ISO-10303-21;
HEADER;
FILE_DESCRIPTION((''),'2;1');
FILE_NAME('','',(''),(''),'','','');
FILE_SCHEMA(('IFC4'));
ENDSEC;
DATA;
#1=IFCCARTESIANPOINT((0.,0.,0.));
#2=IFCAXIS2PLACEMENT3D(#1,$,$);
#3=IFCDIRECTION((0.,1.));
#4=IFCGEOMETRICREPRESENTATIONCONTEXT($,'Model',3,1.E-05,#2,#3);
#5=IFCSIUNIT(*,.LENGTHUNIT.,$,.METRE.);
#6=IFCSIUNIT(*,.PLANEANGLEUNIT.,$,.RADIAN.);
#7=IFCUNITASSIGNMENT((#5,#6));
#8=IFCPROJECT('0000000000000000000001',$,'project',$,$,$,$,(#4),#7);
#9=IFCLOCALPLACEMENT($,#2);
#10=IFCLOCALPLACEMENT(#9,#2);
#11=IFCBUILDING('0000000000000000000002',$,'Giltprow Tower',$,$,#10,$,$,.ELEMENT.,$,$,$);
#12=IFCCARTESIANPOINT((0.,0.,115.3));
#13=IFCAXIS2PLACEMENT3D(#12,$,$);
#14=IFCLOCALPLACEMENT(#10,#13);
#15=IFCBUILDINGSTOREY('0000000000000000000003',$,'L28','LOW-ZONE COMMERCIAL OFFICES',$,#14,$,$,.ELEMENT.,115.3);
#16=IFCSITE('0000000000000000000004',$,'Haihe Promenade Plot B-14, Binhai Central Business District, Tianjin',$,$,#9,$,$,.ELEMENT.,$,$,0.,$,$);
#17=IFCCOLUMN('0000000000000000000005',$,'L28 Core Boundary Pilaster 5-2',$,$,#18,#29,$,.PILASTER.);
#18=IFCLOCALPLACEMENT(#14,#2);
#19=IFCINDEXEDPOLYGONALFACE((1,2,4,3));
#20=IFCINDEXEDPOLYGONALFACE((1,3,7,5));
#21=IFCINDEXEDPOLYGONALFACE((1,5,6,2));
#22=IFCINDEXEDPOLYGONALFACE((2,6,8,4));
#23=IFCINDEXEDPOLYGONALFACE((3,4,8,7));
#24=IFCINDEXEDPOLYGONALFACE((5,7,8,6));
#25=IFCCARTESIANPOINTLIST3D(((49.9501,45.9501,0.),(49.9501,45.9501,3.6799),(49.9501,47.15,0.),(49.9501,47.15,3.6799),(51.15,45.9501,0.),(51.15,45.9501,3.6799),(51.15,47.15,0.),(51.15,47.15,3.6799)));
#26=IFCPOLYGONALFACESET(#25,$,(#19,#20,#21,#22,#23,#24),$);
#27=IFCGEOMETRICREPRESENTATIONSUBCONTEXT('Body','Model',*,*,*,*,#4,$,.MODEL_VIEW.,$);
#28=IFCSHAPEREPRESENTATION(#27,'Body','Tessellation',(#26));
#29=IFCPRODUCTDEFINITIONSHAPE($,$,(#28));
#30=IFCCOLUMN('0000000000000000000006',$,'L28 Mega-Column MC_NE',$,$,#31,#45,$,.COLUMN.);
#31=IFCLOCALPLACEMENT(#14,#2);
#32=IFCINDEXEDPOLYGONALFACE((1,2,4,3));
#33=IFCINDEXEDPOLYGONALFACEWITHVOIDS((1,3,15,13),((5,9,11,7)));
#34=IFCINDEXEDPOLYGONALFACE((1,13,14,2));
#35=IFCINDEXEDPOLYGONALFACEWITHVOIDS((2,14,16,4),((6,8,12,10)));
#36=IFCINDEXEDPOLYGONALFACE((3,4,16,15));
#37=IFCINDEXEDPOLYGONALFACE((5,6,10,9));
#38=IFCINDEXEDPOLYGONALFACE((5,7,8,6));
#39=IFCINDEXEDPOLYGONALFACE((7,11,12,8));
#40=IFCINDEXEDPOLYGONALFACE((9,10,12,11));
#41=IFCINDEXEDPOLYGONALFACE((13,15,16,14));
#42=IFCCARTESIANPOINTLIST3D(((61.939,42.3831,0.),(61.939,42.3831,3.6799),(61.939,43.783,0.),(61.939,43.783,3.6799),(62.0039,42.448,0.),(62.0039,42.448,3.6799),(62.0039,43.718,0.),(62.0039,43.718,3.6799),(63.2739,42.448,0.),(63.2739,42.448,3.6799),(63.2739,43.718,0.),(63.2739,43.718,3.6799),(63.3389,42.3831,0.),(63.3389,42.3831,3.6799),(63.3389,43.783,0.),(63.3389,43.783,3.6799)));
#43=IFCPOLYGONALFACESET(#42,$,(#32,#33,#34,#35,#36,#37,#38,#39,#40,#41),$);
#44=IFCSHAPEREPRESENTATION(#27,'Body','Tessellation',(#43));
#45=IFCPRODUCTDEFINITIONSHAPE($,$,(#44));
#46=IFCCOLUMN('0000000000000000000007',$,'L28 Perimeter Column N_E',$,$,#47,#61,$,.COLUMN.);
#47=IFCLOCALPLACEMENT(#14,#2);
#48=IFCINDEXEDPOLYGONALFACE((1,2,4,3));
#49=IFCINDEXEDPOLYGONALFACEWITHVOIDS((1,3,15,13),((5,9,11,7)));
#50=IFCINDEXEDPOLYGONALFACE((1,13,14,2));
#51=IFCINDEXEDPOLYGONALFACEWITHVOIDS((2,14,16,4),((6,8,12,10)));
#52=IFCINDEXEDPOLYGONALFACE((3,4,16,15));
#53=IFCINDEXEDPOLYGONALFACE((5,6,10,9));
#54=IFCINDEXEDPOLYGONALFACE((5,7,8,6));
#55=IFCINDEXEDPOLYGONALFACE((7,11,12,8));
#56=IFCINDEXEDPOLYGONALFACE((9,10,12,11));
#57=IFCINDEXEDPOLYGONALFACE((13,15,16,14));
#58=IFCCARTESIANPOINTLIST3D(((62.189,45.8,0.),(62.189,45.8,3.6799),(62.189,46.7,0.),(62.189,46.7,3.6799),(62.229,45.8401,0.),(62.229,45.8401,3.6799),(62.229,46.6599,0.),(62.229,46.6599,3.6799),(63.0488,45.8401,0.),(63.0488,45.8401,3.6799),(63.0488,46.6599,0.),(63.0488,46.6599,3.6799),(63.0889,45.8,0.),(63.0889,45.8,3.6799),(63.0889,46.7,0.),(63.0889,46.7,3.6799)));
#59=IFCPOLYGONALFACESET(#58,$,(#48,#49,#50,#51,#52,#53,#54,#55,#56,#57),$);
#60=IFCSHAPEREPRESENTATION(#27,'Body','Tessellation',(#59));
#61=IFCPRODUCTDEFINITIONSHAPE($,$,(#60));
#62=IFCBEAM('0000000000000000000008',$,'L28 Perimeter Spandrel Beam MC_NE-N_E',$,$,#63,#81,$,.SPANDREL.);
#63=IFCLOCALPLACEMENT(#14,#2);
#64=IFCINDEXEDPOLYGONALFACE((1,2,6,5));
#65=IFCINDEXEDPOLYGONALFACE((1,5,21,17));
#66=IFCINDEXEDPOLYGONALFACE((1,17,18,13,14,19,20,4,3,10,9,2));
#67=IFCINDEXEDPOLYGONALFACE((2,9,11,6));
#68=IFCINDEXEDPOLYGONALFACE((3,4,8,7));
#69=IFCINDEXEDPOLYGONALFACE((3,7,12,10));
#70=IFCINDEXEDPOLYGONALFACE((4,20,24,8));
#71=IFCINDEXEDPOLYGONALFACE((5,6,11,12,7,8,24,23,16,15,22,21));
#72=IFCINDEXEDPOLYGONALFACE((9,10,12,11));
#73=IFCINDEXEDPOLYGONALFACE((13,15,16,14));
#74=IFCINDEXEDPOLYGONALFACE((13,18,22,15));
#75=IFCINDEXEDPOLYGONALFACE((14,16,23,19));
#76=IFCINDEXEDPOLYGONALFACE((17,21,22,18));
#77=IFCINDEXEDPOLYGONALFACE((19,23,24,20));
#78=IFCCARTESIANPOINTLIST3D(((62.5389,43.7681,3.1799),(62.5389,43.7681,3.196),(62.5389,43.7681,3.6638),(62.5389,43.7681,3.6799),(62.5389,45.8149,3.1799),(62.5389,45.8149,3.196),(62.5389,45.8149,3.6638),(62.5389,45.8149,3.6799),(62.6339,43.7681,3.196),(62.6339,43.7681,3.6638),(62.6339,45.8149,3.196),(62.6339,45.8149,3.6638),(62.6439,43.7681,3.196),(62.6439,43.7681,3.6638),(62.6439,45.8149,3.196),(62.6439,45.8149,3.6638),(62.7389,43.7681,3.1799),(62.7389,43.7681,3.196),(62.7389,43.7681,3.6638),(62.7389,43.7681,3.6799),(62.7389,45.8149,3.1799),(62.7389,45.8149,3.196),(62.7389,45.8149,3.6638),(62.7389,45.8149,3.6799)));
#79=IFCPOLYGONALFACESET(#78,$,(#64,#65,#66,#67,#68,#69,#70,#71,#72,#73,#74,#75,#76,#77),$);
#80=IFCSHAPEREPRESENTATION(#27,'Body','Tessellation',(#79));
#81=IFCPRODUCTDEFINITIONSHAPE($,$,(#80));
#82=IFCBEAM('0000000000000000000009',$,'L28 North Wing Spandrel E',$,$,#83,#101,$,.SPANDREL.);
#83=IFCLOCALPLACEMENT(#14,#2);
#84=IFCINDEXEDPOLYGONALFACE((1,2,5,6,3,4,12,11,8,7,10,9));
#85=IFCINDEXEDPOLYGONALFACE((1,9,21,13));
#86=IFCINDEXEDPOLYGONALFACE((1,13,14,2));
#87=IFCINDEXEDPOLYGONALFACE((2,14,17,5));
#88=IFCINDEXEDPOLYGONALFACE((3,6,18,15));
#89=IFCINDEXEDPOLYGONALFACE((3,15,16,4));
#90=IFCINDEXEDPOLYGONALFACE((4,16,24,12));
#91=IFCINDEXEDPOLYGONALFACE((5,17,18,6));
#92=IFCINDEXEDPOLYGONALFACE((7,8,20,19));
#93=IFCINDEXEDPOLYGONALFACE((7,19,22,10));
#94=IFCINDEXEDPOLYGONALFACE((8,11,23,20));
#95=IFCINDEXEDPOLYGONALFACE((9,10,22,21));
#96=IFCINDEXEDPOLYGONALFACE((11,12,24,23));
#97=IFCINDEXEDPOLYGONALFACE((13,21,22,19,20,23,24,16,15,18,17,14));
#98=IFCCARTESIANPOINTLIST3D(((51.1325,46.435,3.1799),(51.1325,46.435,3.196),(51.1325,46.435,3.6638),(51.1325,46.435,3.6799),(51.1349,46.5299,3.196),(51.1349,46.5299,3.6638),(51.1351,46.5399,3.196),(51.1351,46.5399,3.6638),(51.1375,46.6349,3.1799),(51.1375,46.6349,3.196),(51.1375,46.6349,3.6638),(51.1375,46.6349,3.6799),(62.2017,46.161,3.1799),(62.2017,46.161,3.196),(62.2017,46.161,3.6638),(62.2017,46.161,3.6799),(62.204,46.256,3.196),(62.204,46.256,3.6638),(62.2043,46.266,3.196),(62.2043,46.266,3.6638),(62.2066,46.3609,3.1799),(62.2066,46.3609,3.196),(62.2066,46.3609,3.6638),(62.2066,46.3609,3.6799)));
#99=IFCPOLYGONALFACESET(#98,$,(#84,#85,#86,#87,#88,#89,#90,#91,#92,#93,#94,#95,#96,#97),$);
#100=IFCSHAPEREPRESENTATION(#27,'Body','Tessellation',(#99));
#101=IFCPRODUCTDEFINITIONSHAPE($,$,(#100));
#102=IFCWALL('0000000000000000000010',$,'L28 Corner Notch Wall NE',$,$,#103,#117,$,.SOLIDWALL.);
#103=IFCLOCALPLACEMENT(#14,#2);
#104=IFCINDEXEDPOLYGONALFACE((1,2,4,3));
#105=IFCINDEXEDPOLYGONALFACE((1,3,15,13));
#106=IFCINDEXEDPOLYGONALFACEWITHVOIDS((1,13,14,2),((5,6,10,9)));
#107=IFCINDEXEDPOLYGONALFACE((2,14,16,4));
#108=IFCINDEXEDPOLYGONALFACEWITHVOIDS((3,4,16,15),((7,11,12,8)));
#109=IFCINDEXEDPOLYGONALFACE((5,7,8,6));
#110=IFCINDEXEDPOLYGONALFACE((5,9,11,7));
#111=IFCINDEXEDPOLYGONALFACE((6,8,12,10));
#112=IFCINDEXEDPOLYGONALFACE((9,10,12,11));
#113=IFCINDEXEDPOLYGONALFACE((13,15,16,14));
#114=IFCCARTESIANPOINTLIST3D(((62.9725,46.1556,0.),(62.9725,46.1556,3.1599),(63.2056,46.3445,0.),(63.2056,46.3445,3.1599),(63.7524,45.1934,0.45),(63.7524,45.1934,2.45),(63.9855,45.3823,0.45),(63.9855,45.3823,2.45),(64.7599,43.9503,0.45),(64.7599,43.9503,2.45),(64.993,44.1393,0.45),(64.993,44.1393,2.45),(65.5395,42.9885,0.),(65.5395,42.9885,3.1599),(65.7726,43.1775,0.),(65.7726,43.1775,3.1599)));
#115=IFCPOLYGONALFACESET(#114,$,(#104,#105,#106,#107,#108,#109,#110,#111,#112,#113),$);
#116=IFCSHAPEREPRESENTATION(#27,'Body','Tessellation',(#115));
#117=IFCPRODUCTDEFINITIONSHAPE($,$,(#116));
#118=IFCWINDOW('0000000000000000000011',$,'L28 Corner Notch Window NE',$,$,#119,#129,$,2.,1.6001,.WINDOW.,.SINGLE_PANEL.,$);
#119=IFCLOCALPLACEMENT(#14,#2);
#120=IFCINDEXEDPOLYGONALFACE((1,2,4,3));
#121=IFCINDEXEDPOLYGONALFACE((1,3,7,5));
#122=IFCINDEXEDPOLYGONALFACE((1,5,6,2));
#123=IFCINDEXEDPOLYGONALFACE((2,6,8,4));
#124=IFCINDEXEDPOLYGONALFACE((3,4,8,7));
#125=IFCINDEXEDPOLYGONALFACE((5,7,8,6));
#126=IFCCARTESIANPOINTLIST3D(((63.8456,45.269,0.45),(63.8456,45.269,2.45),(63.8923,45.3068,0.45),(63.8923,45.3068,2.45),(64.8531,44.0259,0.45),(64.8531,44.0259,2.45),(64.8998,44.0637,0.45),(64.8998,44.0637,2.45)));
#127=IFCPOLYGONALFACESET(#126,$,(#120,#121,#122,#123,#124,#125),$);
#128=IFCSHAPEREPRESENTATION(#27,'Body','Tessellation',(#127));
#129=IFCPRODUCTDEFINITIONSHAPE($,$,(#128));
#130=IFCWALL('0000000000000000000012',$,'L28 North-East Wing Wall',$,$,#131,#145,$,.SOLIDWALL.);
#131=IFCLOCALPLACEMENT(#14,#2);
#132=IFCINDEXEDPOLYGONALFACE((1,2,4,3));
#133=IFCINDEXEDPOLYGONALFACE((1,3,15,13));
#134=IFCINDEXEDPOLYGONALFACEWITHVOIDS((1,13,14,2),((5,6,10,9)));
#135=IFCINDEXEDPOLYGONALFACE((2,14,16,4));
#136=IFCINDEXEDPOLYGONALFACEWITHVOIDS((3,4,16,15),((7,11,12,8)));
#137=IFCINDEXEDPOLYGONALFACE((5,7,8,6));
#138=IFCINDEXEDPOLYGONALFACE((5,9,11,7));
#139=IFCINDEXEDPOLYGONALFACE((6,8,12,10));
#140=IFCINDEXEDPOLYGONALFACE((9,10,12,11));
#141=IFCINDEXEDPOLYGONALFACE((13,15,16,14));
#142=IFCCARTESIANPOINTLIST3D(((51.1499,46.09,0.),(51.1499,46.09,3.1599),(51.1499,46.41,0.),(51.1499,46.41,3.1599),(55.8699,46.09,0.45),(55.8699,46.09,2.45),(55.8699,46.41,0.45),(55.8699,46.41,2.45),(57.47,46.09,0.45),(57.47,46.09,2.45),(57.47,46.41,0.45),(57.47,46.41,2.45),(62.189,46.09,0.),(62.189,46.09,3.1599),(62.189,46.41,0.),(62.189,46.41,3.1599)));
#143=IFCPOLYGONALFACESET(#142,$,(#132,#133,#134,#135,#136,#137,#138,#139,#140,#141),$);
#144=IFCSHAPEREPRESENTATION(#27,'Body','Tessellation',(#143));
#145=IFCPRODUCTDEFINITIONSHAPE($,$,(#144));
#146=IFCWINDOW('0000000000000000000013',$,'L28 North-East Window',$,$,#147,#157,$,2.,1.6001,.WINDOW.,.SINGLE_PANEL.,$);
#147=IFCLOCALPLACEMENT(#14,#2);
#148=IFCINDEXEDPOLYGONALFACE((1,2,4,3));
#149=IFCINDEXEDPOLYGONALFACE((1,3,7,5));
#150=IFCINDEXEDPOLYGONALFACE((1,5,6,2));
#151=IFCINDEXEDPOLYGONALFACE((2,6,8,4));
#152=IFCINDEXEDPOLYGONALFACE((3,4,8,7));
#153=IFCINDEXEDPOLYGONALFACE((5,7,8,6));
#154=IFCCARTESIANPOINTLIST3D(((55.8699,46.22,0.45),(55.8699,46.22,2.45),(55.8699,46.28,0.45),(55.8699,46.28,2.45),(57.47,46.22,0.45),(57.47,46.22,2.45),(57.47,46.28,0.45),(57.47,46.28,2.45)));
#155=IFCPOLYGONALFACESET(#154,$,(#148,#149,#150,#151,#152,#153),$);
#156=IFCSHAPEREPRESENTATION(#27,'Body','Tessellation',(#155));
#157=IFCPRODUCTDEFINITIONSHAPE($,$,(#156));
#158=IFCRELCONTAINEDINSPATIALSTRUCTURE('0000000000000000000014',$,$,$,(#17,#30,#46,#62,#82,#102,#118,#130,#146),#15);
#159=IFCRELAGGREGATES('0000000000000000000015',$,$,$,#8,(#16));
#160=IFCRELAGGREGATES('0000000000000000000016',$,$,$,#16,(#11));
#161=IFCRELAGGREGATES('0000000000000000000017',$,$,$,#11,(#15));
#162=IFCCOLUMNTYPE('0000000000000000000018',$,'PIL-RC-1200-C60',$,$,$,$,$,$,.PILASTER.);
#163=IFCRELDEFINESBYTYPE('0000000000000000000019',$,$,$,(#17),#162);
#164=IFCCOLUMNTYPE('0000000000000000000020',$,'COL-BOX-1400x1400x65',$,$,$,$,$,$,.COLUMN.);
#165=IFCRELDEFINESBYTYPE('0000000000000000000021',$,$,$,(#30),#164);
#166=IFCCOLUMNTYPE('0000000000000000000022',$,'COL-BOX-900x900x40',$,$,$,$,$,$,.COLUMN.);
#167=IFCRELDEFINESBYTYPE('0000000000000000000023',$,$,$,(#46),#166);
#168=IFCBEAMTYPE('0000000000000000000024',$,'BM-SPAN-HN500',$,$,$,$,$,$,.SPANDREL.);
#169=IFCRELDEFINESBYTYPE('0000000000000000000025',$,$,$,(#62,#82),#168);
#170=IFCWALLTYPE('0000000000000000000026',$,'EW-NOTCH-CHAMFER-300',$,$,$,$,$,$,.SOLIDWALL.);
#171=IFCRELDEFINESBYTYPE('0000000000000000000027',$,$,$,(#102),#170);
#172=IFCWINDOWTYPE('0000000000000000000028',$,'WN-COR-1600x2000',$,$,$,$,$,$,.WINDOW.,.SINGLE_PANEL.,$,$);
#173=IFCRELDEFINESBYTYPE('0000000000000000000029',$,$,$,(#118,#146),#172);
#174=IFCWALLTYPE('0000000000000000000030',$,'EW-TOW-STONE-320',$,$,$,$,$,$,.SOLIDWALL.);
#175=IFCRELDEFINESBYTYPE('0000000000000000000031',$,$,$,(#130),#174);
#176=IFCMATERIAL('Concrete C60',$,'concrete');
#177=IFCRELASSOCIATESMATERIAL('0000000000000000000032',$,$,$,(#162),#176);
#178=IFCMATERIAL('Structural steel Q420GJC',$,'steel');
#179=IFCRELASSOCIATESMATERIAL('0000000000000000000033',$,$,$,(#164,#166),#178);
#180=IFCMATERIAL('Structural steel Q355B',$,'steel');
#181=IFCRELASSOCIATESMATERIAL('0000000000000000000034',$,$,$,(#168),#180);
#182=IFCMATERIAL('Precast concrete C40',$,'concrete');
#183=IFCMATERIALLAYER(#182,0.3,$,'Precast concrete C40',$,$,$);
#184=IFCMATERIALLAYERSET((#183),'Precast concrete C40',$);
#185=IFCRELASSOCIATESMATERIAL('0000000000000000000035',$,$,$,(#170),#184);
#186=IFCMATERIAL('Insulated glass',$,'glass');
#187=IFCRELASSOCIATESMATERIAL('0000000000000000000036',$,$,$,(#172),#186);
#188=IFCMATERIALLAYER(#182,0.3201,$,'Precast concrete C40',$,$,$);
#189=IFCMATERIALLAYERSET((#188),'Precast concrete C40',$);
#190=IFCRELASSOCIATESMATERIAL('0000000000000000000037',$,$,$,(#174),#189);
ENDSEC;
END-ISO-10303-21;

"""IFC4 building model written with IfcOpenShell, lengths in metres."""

from ifc_helpers import new_model, si_unit, direction, frame, frame_2d, origin, origin_2d, place, context, subcontext, project, spatial, rectangle, hollow_rectangle, i_section, extrude, source, transform, mapped, material, layer, layer_set, material_profile, profile_set, type_object, element, fill, save


model = new_model("IFC4")

# Units and contexts
model_context = context("Model", 3, precision=1e-05, world=origin(), true_north=direction((0.0, 1.0)))
body_context = subcontext(model_context, "Body", "Model", "MODEL_VIEW")
ifc_project = project(units=[si_unit("LENGTHUNIT", "METRE"), si_unit("PLANEANGLEUNIT", "RADIAN")], contexts=[model_context])

# Site, building, storey
site_placement = place(None, origin())
site = spatial("IfcSite", under=ifc_project, at=site_placement, Name="Haihe Promenade Plot B-14, Binhai Central Business District, Tianjin", CompositionType="ELEMENT", RefElevation=0.0)
building_placement = place(site_placement, origin())
building = spatial("IfcBuilding", under=site, at=building_placement, Name="Giltprow Tower", CompositionType="ELEMENT")
storey_placement = place(building_placement, frame((0.0, 0.0, 115.3)))
storey = spatial("IfcBuildingStorey", under=building, at=storey_placement, Name="L28", Description="LOW-ZONE COMMERCIAL OFFICES", CompositionType="ELEMENT", Elevation=115.3)

# Columns
ifc_material_1 = material(Name="Concrete C60", Category="concrete")
ifc_material_profile_1 = material_profile(ifc_material_1, rectangle(XDim=1.2, YDim=1.2, at=origin_2d()), Name="RC 1200x1200")
ifc_profile_set_1 = profile_set([ifc_material_profile_1], Name="Concrete C60")
column_type_1 = type_object("IfcColumnType", Name="PIL-RC-1200-C60", PredefinedType="PILASTER", material=ifc_profile_set_1)
shared_shape_1 = source(origin(), body_context, "Body", "SweptSolid", [
    extrude(rectangle(XDim=1.2, YDim=1.2, at=origin_2d()), origin(), (0.0, 0.0, 1.0), 3.6799),
])
column_1_placement = place(storey_placement, frame((50.55, 46.55, 0.0), z_axis=(0.0, 0.0, 1.0), x_axis=(1.0, 0.0, 0.0)))
element("IfcColumn", 1, at=column_1_placement, inside=storey, type_object=column_type_1, Name="L28 Core Boundary Pilaster 5-2", PredefinedType="PILASTER", context=body_context, shape_type="MappedRepresentation", body=[
    mapped(shared_shape_1, transform((0.0, 0.0, 0.0), x_axis=(1.0, 0.0, 0.0), y_axis=(0.0, 1.0, 0.0), z_axis=(0.0, 0.0, 1.0), scale=1.0)),
])
ifc_material_2 = material(Name="Structural steel Q420GJC", Category="steel")
ifc_material_profile_2 = material_profile(ifc_material_2, hollow_rectangle(XDim=1.3999, YDim=1.3999, WallThickness=0.0649, at=origin_2d()), Name="BOX 1400x1400x65")
ifc_profile_set_2 = profile_set([ifc_material_profile_2], Name="Structural steel Q420GJC")
column_type_2 = type_object("IfcColumnType", Name="COL-BOX-1400x1400x65", PredefinedType="COLUMN", material=ifc_profile_set_2)
shared_shape_2 = source(origin(), body_context, "Body", "SweptSolid", [
    extrude(hollow_rectangle(XDim=1.3999, YDim=1.3999, WallThickness=0.0649, at=origin_2d()), origin(), (0.0, 0.0, 1.0), 3.6799),
])
column_2_placement = place(storey_placement, frame((62.6389, 43.083, 0.0), z_axis=(0.0, 0.0, 1.0), x_axis=(1.0, 0.0, 0.0)))
element("IfcColumn", 2, at=column_2_placement, inside=storey, type_object=column_type_2, Name="L28 Mega-Column MC_NE", PredefinedType="COLUMN", context=body_context, shape_type="MappedRepresentation", body=[
    mapped(shared_shape_2, transform((0.0, 0.0, 0.0), x_axis=(1.0, 0.0, 0.0), y_axis=(0.0, 1.0, 0.0), z_axis=(0.0, 0.0, 1.0), scale=1.0)),
])
ifc_material_profile_3 = material_profile(ifc_material_2, hollow_rectangle(XDim=0.8999, YDim=0.8999, WallThickness=0.04, at=origin_2d()), Name="BOX 900x900x40")
ifc_profile_set_3 = profile_set([ifc_material_profile_3], Name="Structural steel Q420GJC")
column_type_3 = type_object("IfcColumnType", Name="COL-BOX-900x900x40", PredefinedType="COLUMN", material=ifc_profile_set_3)
shared_shape_3 = source(origin(), body_context, "Body", "SweptSolid", [
    extrude(hollow_rectangle(XDim=0.8999, YDim=0.8999, WallThickness=0.04, at=origin_2d()), origin(), (0.0, 0.0, 1.0), 3.6799),
])
column_3_placement = place(storey_placement, frame((62.6389, 46.25, 0.0), z_axis=(0.0, 0.0, 1.0), x_axis=(1.0, 0.0, 0.0)))
element("IfcColumn", 3, at=column_3_placement, inside=storey, type_object=column_type_3, Name="L28 Perimeter Column N_E", PredefinedType="COLUMN", context=body_context, shape_type="MappedRepresentation", body=[
    mapped(shared_shape_3, transform((0.0, 0.0, 0.0), x_axis=(1.0, 0.0, 0.0), y_axis=(0.0, 1.0, 0.0), z_axis=(0.0, 0.0, 1.0), scale=1.0)),
])

# Beams
ifc_material_3 = material(Name="Structural steel Q355B", Category="steel")
ifc_material_profile_4 = material_profile(ifc_material_3, i_section(OverallWidth=0.2, OverallDepth=0.5, WebThickness=0.01, FlangeThickness=0.0161, at=origin_2d()), Name="HN 500x200x10x16")
ifc_profile_set_4 = profile_set([ifc_material_profile_4], Name="Structural steel Q355B")
beam_type = type_object("IfcBeamType", Name="BM-SPAN-HN500", PredefinedType="SPANDREL", material=ifc_profile_set_4)
shared_shape_4 = source(origin(), body_context, "Body", "SweptSolid", [
    extrude(i_section(OverallWidth=0.2, OverallDepth=0.5, WebThickness=0.01, FlangeThickness=0.0161, at=origin_2d()), origin(), (0.0, 0.0, 1.0), 2.0469),
])
beam_1_placement = place(storey_placement, frame((62.6389, 43.7681, 3.4299), z_axis=(0.0, 1.0, 0.0), x_axis=(-1.0, 0.0, 0.0)))
element("IfcBeam", 4, at=beam_1_placement, inside=storey, type_object=beam_type, Name="L28 Perimeter Spandrel Beam MC_NE-N_E", PredefinedType="SPANDREL", context=body_context, shape_type="MappedRepresentation", body=[
    mapped(shared_shape_4, transform((0.0, 0.0, 0.0), x_axis=(1.0, 0.0, 0.0), y_axis=(0.0, 1.0, 0.0), z_axis=(0.0, 0.0, 1.0), scale=1.0)),
])
shared_shape_5 = source(origin(), body_context, "Body", "SweptSolid", [
    extrude(i_section(OverallWidth=0.2, OverallDepth=0.5, WebThickness=0.01, FlangeThickness=0.0161, at=origin_2d()), origin(), (0.0, 0.0, 1.0), 11.0725),
])
beam_2_placement = place(storey_placement, frame((51.135, 46.5349, 3.4299), z_axis=(0.999694, -0.024739, 0.0), x_axis=(0.024739, 0.999694, 0.0)))
element("IfcBeam", 5, at=beam_2_placement, inside=storey, type_object=beam_type, Name="L28 North Wing Spandrel E", PredefinedType="SPANDREL", context=body_context, shape_type="MappedRepresentation", body=[
    mapped(shared_shape_5, transform((0.0, 0.0, 0.0), x_axis=(1.0, 0.0, 0.0), y_axis=(0.0, 1.0, 0.0), z_axis=(0.0, 0.0, 1.0), scale=1.0)),
])

# Walls, openings, windows
ifc_material_4 = material(Name="Precast concrete C40", Category="concrete")
ifc_layer_1 = layer(ifc_material_4, 0.3, Name="Precast concrete C40")
ifc_layer_set_1 = layer_set([ifc_layer_1], Name="Precast concrete C40")
wall_type_1 = type_object("IfcWallType", Name="EW-NOTCH-CHAMFER-300", PredefinedType="SOLIDWALL", material=ifc_layer_set_1)
wall_1_placement = place(storey_placement, frame((65.656, 43.083, 0.0), z_axis=(0.0, 0.0, 1.0), x_axis=(-0.629663, 0.776868, 0.0)))
wall_1 = element("IfcWall", 6, at=wall_1_placement, inside=storey, type_object=wall_type_1, Name="L28 Corner Notch Wall NE", PredefinedType="SOLIDWALL", context=body_context, shape_type="SweptSolid", body=[
    extrude(rectangle(XDim=4.0767, YDim=0.3, at=frame_2d((2.0383, 0.0))), origin(), (0.0, 0.0, 1.0), 3.1599),
])
opening_1_placement = place(wall_1_placement, frame((1.238, 0.0, 0.45)))
opening_1 = element("IfcOpeningElement", 7, at=opening_1_placement, cuts=wall_1, PredefinedType="OPENING", context=body_context, shape_type="SweptSolid", body=[
    extrude(rectangle(XDim=1.6001, YDim=2.0, at=frame_2d((0.8, 1.0))), frame((0.0, 0.1599, 0.0), z_axis=(0.0, -1.0, 0.0), x_axis=(1.0, 0.0, 0.0)), (0.0, 0.0, 1.0), 0.3201),
])
ifc_material_5 = material(Name="Insulated glass", Category="glass")
window_type = type_object("IfcWindowType", Name="WN-COR-1600x2000", PartitioningType="SINGLE_PANEL", PredefinedType="WINDOW", material=ifc_material_5)
shared_shape_6 = source(origin(), body_context, "Body", "SweptSolid", [
    extrude(rectangle(XDim=1.6001, YDim=2.0, at=frame_2d((0.8, 1.0))), frame((0.0, 0.03, 0.0), z_axis=(0.0, -1.0, 0.0), x_axis=(1.0, 0.0, 0.0)), (0.0, 0.0, 1.0), 0.0601),
])
window_1_placement = place(opening_1_placement, origin())
window_1 = element("IfcWindow", 8, at=window_1_placement, inside=storey, type_object=window_type, Name="L28 Corner Notch Window NE", OverallHeight=2.0, OverallWidth=1.6001, PartitioningType="SINGLE_PANEL", PredefinedType="WINDOW", context=body_context, shape_type="MappedRepresentation", body=[
    mapped(shared_shape_6, transform((0.0, 0.0, 0.0), x_axis=(1.0, 0.0, 0.0), y_axis=(0.0, 1.0, 0.0), z_axis=(0.0, 0.0, 1.0), scale=1.0)),
])
fill(opening_1, window_1)
ifc_layer_2 = layer(ifc_material_4, 0.3201, Name="Precast concrete C40")
ifc_layer_set_2 = layer_set([ifc_layer_2], Name="Precast concrete C40")
wall_type_2 = type_object("IfcWallType", Name="EW-TOW-STONE-320", PredefinedType="SOLIDWALL", material=ifc_layer_set_2)
wall_2_placement = place(storey_placement, frame((51.1499, 46.25, 0.0), z_axis=(0.0, 0.0, 1.0), x_axis=(1.0, 0.0, 0.0)))
wall_2 = element("IfcWall", 9, at=wall_2_placement, inside=storey, type_object=wall_type_2, Name="L28 North-East Wing Wall", PredefinedType="SOLIDWALL", context=body_context, shape_type="SweptSolid", body=[
    extrude(rectangle(XDim=11.0391, YDim=0.3201, at=frame_2d((5.5195, 0.0))), origin(), (0.0, 0.0, 1.0), 3.1599),
])
opening_2_placement = place(wall_2_placement, frame((4.72, 0.0, 0.45)))
opening_2 = element("IfcOpeningElement", 10, at=opening_2_placement, cuts=wall_2, PredefinedType="OPENING", context=body_context, shape_type="SweptSolid", body=[
    extrude(rectangle(XDim=1.6001, YDim=2.0, at=frame_2d((0.8, 1.0))), frame((0.0, 0.1699, 0.0), z_axis=(0.0, -1.0, 0.0), x_axis=(1.0, 0.0, 0.0)), (0.0, 0.0, 1.0), 0.3401),
])
window_2_placement = place(opening_2_placement, origin())
window_2 = element("IfcWindow", 11, at=window_2_placement, inside=storey, type_object=window_type, Name="L28 North-East Window", OverallHeight=2.0, OverallWidth=1.6001, PartitioningType="SINGLE_PANEL", PredefinedType="WINDOW", context=body_context, shape_type="MappedRepresentation", body=[
    mapped(shared_shape_6, transform((0.0, 0.0, 0.0), x_axis=(1.0, 0.0, 0.0), y_axis=(0.0, 1.0, 0.0), z_axis=(0.0, 0.0, 1.0), scale=1.0)),
])
fill(opening_2, window_2)

save(model, "model.ifc")
